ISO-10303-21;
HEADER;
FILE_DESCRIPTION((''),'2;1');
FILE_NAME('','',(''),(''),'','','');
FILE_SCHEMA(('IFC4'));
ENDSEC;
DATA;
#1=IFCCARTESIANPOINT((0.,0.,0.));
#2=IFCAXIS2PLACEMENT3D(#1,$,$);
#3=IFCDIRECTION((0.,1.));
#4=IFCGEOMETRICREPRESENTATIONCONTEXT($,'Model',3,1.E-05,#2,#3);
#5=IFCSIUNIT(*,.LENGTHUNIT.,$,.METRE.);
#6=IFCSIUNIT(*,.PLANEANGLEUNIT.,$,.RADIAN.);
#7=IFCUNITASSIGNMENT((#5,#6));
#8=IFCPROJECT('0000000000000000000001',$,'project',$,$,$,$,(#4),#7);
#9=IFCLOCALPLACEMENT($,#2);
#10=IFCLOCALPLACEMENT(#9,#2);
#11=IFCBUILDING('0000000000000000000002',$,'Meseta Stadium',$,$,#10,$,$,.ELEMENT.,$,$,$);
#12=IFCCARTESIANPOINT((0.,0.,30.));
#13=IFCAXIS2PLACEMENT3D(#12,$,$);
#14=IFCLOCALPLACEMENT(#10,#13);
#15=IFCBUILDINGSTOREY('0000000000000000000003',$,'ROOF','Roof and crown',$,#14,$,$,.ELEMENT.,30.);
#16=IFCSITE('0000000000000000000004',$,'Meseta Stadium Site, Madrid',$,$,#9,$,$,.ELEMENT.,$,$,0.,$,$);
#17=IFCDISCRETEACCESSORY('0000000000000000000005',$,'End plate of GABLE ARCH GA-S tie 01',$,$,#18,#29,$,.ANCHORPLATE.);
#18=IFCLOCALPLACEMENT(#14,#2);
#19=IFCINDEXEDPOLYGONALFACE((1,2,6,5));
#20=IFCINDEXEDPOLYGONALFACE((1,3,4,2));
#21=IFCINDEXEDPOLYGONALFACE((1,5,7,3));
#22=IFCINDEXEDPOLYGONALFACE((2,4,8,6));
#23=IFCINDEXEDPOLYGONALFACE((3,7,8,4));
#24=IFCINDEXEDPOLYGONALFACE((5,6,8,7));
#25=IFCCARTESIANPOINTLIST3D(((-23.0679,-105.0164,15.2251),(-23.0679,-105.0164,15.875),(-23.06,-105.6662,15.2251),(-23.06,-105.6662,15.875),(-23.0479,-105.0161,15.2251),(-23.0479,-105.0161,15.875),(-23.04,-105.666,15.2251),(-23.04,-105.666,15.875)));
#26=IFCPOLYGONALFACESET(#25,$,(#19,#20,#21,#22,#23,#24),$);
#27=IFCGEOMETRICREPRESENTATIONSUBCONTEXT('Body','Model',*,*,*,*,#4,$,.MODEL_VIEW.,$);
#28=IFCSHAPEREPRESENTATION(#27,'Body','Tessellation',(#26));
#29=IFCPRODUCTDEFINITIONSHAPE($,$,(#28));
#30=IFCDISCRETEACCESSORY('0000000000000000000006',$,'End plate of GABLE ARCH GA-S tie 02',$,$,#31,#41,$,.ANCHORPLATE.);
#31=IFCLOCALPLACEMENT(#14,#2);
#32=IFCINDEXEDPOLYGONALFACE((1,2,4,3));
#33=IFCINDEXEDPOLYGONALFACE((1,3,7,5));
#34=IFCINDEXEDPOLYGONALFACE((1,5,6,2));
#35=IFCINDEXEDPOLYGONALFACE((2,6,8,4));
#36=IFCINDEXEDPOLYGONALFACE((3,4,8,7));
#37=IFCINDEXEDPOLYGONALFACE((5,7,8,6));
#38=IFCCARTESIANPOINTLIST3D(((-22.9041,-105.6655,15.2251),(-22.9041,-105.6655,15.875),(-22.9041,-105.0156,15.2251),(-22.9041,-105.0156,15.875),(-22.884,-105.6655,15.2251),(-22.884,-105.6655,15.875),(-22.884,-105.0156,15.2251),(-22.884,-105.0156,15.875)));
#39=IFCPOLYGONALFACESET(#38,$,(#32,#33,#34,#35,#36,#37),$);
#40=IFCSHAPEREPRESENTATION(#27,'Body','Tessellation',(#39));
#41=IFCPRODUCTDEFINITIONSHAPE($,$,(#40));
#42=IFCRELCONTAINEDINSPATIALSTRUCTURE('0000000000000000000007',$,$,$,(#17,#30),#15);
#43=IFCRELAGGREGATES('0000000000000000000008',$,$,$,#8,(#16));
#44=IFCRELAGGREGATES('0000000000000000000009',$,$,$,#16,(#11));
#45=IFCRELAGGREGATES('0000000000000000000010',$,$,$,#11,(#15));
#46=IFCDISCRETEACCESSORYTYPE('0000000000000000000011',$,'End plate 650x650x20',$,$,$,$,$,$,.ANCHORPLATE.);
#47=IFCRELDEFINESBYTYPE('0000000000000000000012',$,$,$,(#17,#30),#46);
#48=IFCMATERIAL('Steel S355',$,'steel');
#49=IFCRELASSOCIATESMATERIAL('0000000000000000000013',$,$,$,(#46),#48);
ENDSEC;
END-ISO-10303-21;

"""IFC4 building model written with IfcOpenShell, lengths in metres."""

from ifc_helpers import new_model, si_unit, direction, frame, origin, origin_2d, place, context, subcontext, project, spatial, rectangle, extrude, material, material_profile, profile_set, type_object, element, save


model = new_model("IFC4")

# Units and contexts
model_context = context("Model", 3, precision=1e-05, world=origin(), true_north=direction((0.0, 1.0)))
body_context = subcontext(model_context, "Body", "Model", "MODEL_VIEW")
ifc_project = project(units=[si_unit("LENGTHUNIT", "METRE"), si_unit("PLANEANGLEUNIT", "RADIAN")], contexts=[model_context])

# Site, building, storey
site_placement = place(None, origin())
site = spatial("IfcSite", under=ifc_project, at=site_placement, Name="Meseta Stadium Site, Madrid", CompositionType="ELEMENT", RefElevation=0.0)
building_placement = place(site_placement, origin())
building = spatial("IfcBuilding", under=site, at=building_placement, Name="Meseta Stadium", CompositionType="ELEMENT")
storey_placement = place(building_placement, frame((0.0, 0.0, 30.0)))
storey = spatial("IfcBuildingStorey", under=building, at=storey_placement, Name="ROOF", Description="Roof and crown", CompositionType="ELEMENT", Elevation=30.0)

# Discrete accessories
ifc_material_1 = material(Name="Steel S355", Category="steel")
ifc_material_profile_1 = material_profile(ifc_material_1, rectangle(XDim=0.6499, YDim=0.6499, at=origin_2d()), Name="PL 650x650")
ifc_profile_set_1 = profile_set([ifc_material_profile_1], Name="Steel S355")
discrete_accessory_type_1 = type_object("IfcDiscreteAccessoryType", Name="End plate 650x650x20", PredefinedType="ANCHORPLATE", material=ifc_profile_set_1)
for number, where, z_axis, x_axis, name in (
    (1, (-23.064, -105.3413, 15.55), (0.999926, 0.012194, 0.0), (-0.012194, 0.999926, 0.0), "End plate of GABLE ARCH GA-S tie 01"),
    (2, (-22.9041, -105.3406, 15.55), (1.0, 0.0, 0.0), (0.0, 1.0, 0.0), "End plate of GABLE ARCH GA-S tie 02"),
):
    element("IfcDiscreteAccessory", number, at=place(storey_placement, frame(where, z_axis=z_axis, x_axis=x_axis)), inside=storey, type_object=discrete_accessory_type_1, Name=name, PredefinedType="ANCHORPLATE", context=body_context, shape_type="SweptSolid", body=[
        extrude(rectangle(XDim=0.6499, YDim=0.6499, at=origin_2d()), origin(), (0.0, 0.0, 1.0), 0.02),
    ])

save(model, "model.ifc")
